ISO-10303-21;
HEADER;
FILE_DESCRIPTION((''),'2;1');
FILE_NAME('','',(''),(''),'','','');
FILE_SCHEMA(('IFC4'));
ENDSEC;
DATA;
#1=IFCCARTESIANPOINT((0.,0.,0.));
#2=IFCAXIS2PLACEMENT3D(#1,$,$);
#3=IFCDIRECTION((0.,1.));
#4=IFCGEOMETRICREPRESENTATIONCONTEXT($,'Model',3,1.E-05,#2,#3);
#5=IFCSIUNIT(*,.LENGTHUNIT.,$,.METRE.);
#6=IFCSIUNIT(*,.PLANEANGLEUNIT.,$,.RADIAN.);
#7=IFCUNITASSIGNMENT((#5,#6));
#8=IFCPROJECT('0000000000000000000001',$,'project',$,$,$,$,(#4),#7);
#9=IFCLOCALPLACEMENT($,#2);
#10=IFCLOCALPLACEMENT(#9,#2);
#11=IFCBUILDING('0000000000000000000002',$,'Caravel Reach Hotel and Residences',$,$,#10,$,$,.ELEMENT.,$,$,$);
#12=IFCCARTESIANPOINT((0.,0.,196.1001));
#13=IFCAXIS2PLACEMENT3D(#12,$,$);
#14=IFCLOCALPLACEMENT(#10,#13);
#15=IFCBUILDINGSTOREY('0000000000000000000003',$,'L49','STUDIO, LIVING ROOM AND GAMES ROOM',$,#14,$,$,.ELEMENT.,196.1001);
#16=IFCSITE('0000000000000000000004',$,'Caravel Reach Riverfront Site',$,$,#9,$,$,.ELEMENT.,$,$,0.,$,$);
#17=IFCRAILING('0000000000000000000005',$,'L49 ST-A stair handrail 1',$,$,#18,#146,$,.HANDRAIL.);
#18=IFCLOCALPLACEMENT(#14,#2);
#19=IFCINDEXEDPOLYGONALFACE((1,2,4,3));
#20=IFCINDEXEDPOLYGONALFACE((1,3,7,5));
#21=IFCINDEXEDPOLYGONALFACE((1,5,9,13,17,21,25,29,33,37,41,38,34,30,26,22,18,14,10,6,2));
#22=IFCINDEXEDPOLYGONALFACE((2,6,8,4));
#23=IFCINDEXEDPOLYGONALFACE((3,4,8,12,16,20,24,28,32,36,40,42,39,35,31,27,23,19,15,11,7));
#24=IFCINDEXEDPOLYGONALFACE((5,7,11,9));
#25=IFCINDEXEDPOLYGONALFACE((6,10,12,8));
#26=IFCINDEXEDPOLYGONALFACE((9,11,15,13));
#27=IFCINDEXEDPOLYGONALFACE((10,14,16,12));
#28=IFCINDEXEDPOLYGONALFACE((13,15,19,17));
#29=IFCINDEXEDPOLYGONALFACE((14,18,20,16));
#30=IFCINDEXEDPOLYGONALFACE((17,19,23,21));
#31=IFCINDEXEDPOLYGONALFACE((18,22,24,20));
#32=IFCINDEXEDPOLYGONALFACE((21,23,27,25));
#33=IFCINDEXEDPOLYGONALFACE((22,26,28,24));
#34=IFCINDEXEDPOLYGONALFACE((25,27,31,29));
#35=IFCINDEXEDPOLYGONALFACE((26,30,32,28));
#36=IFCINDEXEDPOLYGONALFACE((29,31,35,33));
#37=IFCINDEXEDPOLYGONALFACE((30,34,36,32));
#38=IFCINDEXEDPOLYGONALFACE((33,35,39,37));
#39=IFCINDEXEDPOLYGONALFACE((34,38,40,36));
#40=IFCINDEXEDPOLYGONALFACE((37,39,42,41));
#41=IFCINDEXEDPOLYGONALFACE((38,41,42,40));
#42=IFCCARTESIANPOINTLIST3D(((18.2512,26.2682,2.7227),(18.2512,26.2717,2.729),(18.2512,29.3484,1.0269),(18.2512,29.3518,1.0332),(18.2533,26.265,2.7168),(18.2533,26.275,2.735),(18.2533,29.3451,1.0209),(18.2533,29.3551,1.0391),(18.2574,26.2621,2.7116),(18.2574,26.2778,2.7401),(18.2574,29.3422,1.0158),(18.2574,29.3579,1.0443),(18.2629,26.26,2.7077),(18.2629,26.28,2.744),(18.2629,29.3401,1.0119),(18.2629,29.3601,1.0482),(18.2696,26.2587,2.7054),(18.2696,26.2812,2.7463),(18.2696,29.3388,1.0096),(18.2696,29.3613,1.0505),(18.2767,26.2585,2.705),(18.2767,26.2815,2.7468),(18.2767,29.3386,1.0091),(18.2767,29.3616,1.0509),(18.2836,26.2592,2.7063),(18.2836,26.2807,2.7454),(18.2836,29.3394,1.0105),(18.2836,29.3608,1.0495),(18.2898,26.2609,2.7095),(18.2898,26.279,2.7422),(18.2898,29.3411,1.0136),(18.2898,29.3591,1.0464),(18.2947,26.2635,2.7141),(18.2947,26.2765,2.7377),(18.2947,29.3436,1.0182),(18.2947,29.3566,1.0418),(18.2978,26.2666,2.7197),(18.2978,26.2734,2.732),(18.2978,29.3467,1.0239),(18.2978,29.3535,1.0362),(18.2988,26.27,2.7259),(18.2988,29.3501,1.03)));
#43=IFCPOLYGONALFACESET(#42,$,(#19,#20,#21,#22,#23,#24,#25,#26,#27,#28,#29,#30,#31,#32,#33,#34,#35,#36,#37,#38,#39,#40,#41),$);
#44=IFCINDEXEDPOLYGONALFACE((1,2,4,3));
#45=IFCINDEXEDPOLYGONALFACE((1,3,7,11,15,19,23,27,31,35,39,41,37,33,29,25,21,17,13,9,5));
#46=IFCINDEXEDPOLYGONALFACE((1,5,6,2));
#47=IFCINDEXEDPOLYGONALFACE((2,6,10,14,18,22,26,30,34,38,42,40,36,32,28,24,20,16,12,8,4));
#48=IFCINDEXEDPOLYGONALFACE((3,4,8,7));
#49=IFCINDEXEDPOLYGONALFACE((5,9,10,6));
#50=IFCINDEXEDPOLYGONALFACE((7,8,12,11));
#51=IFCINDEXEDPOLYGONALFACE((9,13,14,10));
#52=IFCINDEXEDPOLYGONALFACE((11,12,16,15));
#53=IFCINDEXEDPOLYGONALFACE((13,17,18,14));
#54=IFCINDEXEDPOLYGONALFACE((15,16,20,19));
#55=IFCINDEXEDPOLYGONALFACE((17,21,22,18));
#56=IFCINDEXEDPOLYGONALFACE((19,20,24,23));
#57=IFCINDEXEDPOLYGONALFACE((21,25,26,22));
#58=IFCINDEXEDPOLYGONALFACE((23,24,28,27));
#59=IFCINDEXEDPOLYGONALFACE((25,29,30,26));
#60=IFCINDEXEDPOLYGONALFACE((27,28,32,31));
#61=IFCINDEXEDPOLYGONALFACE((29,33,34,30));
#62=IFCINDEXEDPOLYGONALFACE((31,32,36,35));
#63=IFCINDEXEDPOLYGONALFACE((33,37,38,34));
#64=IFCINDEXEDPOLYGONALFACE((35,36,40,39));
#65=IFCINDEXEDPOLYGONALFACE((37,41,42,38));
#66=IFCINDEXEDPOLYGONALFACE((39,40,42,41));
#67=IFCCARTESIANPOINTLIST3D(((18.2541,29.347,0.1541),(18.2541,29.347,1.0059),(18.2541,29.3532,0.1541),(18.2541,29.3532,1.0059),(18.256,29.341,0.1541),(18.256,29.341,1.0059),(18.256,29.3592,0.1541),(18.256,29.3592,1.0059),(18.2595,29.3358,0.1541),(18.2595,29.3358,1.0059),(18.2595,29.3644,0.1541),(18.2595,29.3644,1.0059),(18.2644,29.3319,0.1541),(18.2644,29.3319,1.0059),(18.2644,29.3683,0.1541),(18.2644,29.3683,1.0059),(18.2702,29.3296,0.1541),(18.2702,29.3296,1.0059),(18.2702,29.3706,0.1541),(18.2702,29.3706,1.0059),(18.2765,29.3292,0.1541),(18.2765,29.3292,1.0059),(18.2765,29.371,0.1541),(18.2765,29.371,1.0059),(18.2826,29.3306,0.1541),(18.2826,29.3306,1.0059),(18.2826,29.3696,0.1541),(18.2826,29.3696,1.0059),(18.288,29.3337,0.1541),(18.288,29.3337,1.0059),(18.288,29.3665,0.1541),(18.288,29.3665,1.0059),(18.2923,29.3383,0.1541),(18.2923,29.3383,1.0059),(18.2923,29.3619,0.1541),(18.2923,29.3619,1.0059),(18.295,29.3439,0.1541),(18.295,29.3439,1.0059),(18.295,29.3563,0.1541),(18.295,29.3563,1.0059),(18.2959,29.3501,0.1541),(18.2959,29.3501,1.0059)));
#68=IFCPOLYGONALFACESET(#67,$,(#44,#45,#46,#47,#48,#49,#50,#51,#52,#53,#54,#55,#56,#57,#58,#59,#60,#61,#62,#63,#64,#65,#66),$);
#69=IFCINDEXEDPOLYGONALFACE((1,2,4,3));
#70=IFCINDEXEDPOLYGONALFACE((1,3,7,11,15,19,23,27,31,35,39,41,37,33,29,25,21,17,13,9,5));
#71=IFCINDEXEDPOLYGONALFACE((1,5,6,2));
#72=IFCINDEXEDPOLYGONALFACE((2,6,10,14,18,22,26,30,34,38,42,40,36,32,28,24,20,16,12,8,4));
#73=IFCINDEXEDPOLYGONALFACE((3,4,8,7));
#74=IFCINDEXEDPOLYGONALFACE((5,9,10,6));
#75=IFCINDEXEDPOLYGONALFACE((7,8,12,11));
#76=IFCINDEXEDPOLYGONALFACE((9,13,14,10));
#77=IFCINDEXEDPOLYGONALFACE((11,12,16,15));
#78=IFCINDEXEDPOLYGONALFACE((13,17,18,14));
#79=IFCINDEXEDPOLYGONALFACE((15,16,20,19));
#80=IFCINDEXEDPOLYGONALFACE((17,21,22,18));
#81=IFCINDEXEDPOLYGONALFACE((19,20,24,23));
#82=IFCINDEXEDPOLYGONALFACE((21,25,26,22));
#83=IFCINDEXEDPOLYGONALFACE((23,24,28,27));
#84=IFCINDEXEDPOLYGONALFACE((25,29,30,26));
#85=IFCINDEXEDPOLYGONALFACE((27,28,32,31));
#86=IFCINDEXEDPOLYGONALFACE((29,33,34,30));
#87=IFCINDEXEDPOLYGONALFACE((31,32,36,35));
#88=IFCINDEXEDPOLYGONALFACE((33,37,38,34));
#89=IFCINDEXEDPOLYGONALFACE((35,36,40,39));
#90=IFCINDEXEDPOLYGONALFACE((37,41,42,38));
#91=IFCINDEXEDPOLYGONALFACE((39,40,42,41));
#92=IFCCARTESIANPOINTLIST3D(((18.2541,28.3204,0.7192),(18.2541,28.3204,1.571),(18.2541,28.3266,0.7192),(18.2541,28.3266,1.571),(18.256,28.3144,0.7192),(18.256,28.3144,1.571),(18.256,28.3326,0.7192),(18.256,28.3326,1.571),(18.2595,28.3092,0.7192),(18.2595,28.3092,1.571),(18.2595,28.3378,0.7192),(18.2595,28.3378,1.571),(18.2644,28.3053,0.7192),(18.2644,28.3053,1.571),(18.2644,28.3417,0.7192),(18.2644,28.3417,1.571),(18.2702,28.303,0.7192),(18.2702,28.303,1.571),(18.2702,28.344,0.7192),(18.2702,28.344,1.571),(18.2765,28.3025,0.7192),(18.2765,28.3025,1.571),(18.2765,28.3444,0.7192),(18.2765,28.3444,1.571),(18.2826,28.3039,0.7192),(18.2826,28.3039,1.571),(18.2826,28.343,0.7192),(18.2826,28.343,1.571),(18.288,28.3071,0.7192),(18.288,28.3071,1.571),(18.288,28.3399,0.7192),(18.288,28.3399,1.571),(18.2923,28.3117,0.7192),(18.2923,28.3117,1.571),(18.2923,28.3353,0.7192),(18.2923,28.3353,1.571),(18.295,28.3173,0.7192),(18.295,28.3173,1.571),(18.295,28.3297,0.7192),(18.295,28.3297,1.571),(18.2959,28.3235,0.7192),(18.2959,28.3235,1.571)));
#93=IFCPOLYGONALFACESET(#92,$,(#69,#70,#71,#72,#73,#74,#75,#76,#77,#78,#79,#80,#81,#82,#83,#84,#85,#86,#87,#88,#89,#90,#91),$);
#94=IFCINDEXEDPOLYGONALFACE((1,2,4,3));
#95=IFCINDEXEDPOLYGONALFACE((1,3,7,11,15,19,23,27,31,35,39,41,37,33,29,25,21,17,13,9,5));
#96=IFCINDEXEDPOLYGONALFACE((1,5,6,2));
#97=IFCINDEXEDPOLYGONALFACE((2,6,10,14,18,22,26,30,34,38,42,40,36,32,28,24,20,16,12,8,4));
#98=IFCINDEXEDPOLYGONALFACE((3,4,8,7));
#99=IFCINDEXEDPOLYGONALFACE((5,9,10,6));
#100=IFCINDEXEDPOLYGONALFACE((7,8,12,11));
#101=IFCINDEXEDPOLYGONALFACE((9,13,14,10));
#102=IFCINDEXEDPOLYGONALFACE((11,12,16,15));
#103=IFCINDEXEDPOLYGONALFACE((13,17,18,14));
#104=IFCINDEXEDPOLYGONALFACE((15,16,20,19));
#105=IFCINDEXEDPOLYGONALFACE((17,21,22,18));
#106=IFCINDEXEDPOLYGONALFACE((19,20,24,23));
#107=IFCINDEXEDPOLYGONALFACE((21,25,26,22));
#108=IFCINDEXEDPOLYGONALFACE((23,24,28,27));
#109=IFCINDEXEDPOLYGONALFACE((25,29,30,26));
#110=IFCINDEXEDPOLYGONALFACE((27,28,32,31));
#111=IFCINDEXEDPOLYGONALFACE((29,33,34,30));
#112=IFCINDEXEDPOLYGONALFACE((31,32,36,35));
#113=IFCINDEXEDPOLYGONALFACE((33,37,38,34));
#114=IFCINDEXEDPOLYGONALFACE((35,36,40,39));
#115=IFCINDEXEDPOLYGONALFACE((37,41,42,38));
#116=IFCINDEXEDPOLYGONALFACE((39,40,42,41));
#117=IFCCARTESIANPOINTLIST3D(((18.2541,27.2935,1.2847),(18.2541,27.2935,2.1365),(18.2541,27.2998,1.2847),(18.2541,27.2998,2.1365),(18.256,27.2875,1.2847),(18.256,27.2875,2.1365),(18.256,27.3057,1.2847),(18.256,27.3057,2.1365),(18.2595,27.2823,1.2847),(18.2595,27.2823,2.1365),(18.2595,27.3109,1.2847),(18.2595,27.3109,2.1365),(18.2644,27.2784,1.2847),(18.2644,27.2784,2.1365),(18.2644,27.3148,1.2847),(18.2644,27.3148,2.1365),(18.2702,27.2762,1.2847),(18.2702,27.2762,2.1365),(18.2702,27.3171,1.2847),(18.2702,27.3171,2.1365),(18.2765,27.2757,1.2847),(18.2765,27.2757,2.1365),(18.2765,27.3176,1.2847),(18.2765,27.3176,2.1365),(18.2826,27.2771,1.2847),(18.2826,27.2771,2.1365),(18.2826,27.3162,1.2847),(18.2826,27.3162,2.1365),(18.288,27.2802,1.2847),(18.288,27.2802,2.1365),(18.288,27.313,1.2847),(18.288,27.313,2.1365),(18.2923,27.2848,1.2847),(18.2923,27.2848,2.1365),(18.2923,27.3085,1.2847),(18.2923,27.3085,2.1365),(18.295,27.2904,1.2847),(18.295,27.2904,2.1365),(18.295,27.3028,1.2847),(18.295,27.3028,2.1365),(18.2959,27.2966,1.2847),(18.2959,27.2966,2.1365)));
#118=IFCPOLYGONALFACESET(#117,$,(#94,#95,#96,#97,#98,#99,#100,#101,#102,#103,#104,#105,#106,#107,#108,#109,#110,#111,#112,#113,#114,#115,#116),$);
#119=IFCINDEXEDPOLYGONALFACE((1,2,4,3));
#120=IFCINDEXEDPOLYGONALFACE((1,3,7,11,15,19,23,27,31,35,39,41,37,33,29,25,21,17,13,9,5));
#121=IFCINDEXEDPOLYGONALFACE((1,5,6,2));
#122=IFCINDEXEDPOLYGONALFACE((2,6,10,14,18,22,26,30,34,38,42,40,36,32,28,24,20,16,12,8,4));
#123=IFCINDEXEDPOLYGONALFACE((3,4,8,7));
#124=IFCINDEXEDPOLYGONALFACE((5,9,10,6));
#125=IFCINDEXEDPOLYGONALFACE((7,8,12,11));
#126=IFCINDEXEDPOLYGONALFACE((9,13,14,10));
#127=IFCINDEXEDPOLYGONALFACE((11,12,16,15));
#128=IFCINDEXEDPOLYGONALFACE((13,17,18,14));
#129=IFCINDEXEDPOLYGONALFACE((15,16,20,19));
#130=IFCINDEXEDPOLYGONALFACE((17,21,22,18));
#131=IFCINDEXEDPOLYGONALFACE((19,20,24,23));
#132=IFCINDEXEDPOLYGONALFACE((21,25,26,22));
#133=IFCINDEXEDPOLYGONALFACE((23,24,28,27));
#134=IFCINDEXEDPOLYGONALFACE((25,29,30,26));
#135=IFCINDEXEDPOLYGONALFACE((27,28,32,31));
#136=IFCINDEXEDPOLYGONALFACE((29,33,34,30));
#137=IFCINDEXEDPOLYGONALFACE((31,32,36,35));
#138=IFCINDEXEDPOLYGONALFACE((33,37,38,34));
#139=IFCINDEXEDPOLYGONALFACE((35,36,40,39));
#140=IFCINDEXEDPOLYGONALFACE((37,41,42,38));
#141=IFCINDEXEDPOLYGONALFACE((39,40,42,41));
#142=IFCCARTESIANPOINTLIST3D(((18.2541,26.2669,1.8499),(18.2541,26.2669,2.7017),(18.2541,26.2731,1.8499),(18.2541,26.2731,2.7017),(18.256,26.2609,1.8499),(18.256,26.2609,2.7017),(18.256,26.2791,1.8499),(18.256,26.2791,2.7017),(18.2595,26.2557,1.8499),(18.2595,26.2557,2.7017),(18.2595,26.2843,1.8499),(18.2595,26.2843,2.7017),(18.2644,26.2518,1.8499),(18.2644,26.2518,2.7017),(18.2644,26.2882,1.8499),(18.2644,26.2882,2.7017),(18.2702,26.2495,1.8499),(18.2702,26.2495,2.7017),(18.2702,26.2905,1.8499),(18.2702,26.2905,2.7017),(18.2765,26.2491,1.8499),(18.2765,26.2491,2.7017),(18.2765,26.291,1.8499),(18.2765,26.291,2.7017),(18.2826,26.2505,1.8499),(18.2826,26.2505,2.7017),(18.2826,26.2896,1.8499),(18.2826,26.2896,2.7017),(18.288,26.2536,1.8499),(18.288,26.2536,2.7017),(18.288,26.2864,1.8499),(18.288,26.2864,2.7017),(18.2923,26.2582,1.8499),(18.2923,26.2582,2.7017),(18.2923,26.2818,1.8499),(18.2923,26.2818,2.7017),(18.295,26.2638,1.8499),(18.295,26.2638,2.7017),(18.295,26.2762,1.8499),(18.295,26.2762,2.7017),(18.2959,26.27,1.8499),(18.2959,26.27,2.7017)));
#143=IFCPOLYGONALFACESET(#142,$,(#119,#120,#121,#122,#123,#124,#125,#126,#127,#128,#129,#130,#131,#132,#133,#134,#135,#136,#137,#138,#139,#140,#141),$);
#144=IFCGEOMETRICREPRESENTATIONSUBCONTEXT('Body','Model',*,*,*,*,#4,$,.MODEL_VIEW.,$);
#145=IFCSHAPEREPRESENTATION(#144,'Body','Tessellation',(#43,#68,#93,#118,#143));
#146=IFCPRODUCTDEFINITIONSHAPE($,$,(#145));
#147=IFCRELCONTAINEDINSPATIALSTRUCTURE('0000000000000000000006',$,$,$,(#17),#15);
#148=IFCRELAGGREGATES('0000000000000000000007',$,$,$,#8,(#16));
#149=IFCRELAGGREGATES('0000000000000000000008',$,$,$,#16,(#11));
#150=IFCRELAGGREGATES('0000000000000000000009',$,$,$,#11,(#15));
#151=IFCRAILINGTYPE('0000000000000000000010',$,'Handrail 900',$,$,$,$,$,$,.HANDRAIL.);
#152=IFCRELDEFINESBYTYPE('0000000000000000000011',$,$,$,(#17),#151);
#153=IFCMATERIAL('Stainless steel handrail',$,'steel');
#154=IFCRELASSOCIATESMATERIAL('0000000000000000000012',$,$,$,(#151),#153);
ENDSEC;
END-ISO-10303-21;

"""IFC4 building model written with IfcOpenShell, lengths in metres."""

from ifc_helpers import new_model, si_unit, direction, frame, origin, origin_2d, place, context, subcontext, project, spatial, circle, extrude, material, type_object, element, save


model = new_model("IFC4")

# Units and contexts
model_context = context("Model", 3, precision=1e-05, world=origin(), true_north=direction((0.0, 1.0)))
body_context = subcontext(model_context, "Body", "Model", "MODEL_VIEW")
ifc_project = project(units=[si_unit("LENGTHUNIT", "METRE"), si_unit("PLANEANGLEUNIT", "RADIAN")], contexts=[model_context])

# Site, building, storey
site_placement = place(None, origin())
site = spatial("IfcSite", under=ifc_project, at=site_placement, Name="Caravel Reach Riverfront Site", CompositionType="ELEMENT", RefElevation=0.0)
building_placement = place(site_placement, origin())
building = spatial("IfcBuilding", under=site, at=building_placement, Name="Caravel Reach Hotel and Residences", CompositionType="ELEMENT")
storey_placement = place(building_placement, frame((0.0, 0.0, 196.1001)))
storey = spatial("IfcBuildingStorey", under=building, at=storey_placement, Name="L49", Description="STUDIO, LIVING ROOM AND GAMES ROOM", CompositionType="ELEMENT", Elevation=196.1001)

# Railing
ifc_material_1 = material(Name="Stainless steel handrail", Category="steel")
railing_type_1 = type_object("IfcRailingType", Name="Handrail 900", PredefinedType="HANDRAIL", material=ifc_material_1)
railing_1_placement = place(storey_placement, frame((18.2749, 29.3501, 0.1541)))
element("IfcRailing", 1, at=railing_1_placement, inside=storey, type_object=railing_type_1, Name="L49 ST-A stair handrail 1", PredefinedType="HANDRAIL", context=body_context, shape_type="SweptSolid", body=[
    extrude(circle(Radius=0.0239, at=origin_2d()), frame((0.0, 0.0, 0.876), z_axis=(0.0, -0.876005, 0.482303), x_axis=(1.0, 0.0, 0.0)), (0.0, 0.0, 1.0), 3.5161),
    extrude(circle(Radius=0.021, at=origin_2d()), origin(), (0.0, 0.0, 1.0), 0.8518),
    extrude(circle(Radius=0.021, at=origin_2d()), frame((0.0, -1.0266, 0.5652)), (0.0, 0.0, 1.0), 0.8518),
    extrude(circle(Radius=0.021, at=origin_2d()), frame((0.0, -2.0535, 1.1306)), (0.0, 0.0, 1.0), 0.8518),
    extrude(circle(Radius=0.021, at=origin_2d()), frame((0.0, -3.0801, 1.6958)), (0.0, 0.0, 1.0), 0.8518),
])

save(model, "model.ifc")
